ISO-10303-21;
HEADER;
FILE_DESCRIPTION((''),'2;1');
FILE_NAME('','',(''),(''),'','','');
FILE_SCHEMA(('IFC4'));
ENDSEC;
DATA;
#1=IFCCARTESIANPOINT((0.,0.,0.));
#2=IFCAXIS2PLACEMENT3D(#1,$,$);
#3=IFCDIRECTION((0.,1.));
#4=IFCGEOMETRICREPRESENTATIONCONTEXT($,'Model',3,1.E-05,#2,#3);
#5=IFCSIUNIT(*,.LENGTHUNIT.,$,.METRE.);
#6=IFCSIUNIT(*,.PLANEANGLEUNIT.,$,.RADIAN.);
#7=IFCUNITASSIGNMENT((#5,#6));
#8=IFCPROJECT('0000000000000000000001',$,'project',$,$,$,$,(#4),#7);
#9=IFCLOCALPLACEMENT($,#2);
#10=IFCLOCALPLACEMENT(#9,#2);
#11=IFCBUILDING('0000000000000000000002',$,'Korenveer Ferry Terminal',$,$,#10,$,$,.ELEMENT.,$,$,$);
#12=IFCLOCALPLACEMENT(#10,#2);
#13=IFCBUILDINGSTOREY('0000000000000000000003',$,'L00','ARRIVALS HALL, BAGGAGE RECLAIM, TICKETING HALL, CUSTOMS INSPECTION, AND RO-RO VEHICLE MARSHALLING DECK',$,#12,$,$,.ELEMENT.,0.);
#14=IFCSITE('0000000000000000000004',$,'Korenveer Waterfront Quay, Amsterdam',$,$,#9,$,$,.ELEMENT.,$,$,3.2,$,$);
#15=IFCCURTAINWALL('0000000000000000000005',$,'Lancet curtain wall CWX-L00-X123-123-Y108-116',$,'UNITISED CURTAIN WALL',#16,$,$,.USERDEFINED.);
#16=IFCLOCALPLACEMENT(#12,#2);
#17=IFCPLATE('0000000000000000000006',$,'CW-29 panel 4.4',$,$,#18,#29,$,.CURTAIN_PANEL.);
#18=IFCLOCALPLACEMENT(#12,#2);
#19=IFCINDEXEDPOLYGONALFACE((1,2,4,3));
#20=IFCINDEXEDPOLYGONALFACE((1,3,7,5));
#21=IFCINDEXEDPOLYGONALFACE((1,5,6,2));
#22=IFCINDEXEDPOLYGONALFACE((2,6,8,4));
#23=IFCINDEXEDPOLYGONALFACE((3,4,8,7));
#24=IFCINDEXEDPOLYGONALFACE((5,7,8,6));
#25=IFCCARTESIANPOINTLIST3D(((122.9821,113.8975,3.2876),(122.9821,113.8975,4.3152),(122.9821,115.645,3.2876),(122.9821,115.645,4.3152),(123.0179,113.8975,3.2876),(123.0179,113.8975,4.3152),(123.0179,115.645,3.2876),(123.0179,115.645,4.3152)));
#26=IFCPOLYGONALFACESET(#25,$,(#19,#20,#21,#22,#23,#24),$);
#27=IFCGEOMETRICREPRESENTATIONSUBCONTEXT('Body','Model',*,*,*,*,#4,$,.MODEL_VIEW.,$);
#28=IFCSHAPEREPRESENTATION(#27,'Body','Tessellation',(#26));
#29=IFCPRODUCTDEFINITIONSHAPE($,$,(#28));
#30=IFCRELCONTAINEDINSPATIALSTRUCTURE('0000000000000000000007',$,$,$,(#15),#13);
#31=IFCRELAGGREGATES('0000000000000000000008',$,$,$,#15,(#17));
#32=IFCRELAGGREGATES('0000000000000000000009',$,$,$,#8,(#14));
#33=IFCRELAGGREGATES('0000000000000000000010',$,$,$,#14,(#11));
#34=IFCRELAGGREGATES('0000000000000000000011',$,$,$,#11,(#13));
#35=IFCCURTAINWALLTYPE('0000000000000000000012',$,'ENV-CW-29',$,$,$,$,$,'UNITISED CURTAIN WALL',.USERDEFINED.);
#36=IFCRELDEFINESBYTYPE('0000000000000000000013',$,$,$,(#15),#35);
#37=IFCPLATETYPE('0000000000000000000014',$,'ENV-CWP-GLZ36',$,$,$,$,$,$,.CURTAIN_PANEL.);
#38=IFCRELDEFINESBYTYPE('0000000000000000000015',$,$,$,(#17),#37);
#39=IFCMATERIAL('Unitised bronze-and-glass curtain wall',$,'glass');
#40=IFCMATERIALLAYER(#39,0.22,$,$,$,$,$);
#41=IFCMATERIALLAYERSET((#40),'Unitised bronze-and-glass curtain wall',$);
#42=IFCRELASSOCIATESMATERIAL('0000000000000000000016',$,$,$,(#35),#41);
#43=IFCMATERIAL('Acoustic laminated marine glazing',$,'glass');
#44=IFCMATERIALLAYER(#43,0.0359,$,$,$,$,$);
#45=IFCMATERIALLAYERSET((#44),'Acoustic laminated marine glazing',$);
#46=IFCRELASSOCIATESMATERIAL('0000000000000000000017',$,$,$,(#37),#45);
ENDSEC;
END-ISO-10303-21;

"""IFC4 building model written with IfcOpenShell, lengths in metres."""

from ifc_helpers import new_model, si_unit, direction, frame, origin, origin_2d, place, context, subcontext, project, spatial, rectangle, extrude, material, layer, layer_set, type_object, element, aggregate, save


model = new_model("IFC4")

# Units and contexts
model_context = context("Model", 3, precision=1e-05, world=origin(), true_north=direction((0.0, 1.0)))
body_context = subcontext(model_context, "Body", "Model", "MODEL_VIEW")
ifc_project = project(units=[si_unit("LENGTHUNIT", "METRE"), si_unit("PLANEANGLEUNIT", "RADIAN")], contexts=[model_context])

# Site, building, storey
site_placement = place(None, origin())
site = spatial("IfcSite", under=ifc_project, at=site_placement, Name="Korenveer Waterfront Quay, Amsterdam", CompositionType="ELEMENT", RefElevation=3.2)
building_placement = place(site_placement, origin())
building = spatial("IfcBuilding", under=site, at=building_placement, Name="Korenveer Ferry Terminal", CompositionType="ELEMENT")
storey_placement = place(building_placement, origin())
storey = spatial("IfcBuildingStorey", under=building, at=storey_placement, Name="L00", Description="ARRIVALS HALL, BAGGAGE RECLAIM, TICKETING HALL, CUSTOMS INSPECTION, AND RO-RO VEHICLE MARSHALLING DECK", CompositionType="ELEMENT", Elevation=0.0)

# Shared definitions
ifc_material_1 = material(Name="Unitised bronze-and-glass curtain wall", Category="glass")

# Curtain wall
ifc_layer_1 = layer(ifc_material_1, 0.22)
ifc_layer_set_1 = layer_set([ifc_layer_1], Name="Unitised bronze-and-glass curtain wall")
curtain_wall_type_1 = type_object("IfcCurtainWallType", Name="ENV-CW-29", ElementType="UNITISED CURTAIN WALL", PredefinedType="USERDEFINED", material=ifc_layer_set_1)
curtain_wall_1_placement = place(storey_placement, frame((123.0, 108.28, 0.0)))
curtain_wall_1 = element("IfcCurtainWall", 1, at=curtain_wall_1_placement, inside=storey, type_object=curtain_wall_type_1, Name="Lancet curtain wall CWX-L00-X123-123-Y108-116", ObjectType="UNITISED CURTAIN WALL", PredefinedType="USERDEFINED")

# Plate
ifc_material_2 = material(Name="Acoustic laminated marine glazing", Category="glass")
ifc_layer_2 = layer(ifc_material_2, 0.0359)
ifc_layer_set_2 = layer_set([ifc_layer_2], Name="Acoustic laminated marine glazing")
plate_type = type_object("IfcPlateType", Name="ENV-CWP-GLZ36", PredefinedType="CURTAIN_PANEL", material=ifc_layer_set_2)
plate_1_placement = place(storey_placement, frame((123.0, 114.7712, 3.2876), z_axis=(0.0, 0.0, 1.0), x_axis=(0.0, 1.0, 0.0)))
plate_1 = element("IfcPlate", 2, at=plate_1_placement, type_object=plate_type, Name="CW-29 panel 4.4", PredefinedType="CURTAIN_PANEL", context=body_context, shape_type="SweptSolid", body=[
    extrude(rectangle(XDim=1.7476, YDim=0.0359, at=origin_2d()), origin(), (0.0, 0.0, 1.0), 1.0276),
])
aggregate(curtain_wall_1, [plate_1])

save(model, "model.ifc")
